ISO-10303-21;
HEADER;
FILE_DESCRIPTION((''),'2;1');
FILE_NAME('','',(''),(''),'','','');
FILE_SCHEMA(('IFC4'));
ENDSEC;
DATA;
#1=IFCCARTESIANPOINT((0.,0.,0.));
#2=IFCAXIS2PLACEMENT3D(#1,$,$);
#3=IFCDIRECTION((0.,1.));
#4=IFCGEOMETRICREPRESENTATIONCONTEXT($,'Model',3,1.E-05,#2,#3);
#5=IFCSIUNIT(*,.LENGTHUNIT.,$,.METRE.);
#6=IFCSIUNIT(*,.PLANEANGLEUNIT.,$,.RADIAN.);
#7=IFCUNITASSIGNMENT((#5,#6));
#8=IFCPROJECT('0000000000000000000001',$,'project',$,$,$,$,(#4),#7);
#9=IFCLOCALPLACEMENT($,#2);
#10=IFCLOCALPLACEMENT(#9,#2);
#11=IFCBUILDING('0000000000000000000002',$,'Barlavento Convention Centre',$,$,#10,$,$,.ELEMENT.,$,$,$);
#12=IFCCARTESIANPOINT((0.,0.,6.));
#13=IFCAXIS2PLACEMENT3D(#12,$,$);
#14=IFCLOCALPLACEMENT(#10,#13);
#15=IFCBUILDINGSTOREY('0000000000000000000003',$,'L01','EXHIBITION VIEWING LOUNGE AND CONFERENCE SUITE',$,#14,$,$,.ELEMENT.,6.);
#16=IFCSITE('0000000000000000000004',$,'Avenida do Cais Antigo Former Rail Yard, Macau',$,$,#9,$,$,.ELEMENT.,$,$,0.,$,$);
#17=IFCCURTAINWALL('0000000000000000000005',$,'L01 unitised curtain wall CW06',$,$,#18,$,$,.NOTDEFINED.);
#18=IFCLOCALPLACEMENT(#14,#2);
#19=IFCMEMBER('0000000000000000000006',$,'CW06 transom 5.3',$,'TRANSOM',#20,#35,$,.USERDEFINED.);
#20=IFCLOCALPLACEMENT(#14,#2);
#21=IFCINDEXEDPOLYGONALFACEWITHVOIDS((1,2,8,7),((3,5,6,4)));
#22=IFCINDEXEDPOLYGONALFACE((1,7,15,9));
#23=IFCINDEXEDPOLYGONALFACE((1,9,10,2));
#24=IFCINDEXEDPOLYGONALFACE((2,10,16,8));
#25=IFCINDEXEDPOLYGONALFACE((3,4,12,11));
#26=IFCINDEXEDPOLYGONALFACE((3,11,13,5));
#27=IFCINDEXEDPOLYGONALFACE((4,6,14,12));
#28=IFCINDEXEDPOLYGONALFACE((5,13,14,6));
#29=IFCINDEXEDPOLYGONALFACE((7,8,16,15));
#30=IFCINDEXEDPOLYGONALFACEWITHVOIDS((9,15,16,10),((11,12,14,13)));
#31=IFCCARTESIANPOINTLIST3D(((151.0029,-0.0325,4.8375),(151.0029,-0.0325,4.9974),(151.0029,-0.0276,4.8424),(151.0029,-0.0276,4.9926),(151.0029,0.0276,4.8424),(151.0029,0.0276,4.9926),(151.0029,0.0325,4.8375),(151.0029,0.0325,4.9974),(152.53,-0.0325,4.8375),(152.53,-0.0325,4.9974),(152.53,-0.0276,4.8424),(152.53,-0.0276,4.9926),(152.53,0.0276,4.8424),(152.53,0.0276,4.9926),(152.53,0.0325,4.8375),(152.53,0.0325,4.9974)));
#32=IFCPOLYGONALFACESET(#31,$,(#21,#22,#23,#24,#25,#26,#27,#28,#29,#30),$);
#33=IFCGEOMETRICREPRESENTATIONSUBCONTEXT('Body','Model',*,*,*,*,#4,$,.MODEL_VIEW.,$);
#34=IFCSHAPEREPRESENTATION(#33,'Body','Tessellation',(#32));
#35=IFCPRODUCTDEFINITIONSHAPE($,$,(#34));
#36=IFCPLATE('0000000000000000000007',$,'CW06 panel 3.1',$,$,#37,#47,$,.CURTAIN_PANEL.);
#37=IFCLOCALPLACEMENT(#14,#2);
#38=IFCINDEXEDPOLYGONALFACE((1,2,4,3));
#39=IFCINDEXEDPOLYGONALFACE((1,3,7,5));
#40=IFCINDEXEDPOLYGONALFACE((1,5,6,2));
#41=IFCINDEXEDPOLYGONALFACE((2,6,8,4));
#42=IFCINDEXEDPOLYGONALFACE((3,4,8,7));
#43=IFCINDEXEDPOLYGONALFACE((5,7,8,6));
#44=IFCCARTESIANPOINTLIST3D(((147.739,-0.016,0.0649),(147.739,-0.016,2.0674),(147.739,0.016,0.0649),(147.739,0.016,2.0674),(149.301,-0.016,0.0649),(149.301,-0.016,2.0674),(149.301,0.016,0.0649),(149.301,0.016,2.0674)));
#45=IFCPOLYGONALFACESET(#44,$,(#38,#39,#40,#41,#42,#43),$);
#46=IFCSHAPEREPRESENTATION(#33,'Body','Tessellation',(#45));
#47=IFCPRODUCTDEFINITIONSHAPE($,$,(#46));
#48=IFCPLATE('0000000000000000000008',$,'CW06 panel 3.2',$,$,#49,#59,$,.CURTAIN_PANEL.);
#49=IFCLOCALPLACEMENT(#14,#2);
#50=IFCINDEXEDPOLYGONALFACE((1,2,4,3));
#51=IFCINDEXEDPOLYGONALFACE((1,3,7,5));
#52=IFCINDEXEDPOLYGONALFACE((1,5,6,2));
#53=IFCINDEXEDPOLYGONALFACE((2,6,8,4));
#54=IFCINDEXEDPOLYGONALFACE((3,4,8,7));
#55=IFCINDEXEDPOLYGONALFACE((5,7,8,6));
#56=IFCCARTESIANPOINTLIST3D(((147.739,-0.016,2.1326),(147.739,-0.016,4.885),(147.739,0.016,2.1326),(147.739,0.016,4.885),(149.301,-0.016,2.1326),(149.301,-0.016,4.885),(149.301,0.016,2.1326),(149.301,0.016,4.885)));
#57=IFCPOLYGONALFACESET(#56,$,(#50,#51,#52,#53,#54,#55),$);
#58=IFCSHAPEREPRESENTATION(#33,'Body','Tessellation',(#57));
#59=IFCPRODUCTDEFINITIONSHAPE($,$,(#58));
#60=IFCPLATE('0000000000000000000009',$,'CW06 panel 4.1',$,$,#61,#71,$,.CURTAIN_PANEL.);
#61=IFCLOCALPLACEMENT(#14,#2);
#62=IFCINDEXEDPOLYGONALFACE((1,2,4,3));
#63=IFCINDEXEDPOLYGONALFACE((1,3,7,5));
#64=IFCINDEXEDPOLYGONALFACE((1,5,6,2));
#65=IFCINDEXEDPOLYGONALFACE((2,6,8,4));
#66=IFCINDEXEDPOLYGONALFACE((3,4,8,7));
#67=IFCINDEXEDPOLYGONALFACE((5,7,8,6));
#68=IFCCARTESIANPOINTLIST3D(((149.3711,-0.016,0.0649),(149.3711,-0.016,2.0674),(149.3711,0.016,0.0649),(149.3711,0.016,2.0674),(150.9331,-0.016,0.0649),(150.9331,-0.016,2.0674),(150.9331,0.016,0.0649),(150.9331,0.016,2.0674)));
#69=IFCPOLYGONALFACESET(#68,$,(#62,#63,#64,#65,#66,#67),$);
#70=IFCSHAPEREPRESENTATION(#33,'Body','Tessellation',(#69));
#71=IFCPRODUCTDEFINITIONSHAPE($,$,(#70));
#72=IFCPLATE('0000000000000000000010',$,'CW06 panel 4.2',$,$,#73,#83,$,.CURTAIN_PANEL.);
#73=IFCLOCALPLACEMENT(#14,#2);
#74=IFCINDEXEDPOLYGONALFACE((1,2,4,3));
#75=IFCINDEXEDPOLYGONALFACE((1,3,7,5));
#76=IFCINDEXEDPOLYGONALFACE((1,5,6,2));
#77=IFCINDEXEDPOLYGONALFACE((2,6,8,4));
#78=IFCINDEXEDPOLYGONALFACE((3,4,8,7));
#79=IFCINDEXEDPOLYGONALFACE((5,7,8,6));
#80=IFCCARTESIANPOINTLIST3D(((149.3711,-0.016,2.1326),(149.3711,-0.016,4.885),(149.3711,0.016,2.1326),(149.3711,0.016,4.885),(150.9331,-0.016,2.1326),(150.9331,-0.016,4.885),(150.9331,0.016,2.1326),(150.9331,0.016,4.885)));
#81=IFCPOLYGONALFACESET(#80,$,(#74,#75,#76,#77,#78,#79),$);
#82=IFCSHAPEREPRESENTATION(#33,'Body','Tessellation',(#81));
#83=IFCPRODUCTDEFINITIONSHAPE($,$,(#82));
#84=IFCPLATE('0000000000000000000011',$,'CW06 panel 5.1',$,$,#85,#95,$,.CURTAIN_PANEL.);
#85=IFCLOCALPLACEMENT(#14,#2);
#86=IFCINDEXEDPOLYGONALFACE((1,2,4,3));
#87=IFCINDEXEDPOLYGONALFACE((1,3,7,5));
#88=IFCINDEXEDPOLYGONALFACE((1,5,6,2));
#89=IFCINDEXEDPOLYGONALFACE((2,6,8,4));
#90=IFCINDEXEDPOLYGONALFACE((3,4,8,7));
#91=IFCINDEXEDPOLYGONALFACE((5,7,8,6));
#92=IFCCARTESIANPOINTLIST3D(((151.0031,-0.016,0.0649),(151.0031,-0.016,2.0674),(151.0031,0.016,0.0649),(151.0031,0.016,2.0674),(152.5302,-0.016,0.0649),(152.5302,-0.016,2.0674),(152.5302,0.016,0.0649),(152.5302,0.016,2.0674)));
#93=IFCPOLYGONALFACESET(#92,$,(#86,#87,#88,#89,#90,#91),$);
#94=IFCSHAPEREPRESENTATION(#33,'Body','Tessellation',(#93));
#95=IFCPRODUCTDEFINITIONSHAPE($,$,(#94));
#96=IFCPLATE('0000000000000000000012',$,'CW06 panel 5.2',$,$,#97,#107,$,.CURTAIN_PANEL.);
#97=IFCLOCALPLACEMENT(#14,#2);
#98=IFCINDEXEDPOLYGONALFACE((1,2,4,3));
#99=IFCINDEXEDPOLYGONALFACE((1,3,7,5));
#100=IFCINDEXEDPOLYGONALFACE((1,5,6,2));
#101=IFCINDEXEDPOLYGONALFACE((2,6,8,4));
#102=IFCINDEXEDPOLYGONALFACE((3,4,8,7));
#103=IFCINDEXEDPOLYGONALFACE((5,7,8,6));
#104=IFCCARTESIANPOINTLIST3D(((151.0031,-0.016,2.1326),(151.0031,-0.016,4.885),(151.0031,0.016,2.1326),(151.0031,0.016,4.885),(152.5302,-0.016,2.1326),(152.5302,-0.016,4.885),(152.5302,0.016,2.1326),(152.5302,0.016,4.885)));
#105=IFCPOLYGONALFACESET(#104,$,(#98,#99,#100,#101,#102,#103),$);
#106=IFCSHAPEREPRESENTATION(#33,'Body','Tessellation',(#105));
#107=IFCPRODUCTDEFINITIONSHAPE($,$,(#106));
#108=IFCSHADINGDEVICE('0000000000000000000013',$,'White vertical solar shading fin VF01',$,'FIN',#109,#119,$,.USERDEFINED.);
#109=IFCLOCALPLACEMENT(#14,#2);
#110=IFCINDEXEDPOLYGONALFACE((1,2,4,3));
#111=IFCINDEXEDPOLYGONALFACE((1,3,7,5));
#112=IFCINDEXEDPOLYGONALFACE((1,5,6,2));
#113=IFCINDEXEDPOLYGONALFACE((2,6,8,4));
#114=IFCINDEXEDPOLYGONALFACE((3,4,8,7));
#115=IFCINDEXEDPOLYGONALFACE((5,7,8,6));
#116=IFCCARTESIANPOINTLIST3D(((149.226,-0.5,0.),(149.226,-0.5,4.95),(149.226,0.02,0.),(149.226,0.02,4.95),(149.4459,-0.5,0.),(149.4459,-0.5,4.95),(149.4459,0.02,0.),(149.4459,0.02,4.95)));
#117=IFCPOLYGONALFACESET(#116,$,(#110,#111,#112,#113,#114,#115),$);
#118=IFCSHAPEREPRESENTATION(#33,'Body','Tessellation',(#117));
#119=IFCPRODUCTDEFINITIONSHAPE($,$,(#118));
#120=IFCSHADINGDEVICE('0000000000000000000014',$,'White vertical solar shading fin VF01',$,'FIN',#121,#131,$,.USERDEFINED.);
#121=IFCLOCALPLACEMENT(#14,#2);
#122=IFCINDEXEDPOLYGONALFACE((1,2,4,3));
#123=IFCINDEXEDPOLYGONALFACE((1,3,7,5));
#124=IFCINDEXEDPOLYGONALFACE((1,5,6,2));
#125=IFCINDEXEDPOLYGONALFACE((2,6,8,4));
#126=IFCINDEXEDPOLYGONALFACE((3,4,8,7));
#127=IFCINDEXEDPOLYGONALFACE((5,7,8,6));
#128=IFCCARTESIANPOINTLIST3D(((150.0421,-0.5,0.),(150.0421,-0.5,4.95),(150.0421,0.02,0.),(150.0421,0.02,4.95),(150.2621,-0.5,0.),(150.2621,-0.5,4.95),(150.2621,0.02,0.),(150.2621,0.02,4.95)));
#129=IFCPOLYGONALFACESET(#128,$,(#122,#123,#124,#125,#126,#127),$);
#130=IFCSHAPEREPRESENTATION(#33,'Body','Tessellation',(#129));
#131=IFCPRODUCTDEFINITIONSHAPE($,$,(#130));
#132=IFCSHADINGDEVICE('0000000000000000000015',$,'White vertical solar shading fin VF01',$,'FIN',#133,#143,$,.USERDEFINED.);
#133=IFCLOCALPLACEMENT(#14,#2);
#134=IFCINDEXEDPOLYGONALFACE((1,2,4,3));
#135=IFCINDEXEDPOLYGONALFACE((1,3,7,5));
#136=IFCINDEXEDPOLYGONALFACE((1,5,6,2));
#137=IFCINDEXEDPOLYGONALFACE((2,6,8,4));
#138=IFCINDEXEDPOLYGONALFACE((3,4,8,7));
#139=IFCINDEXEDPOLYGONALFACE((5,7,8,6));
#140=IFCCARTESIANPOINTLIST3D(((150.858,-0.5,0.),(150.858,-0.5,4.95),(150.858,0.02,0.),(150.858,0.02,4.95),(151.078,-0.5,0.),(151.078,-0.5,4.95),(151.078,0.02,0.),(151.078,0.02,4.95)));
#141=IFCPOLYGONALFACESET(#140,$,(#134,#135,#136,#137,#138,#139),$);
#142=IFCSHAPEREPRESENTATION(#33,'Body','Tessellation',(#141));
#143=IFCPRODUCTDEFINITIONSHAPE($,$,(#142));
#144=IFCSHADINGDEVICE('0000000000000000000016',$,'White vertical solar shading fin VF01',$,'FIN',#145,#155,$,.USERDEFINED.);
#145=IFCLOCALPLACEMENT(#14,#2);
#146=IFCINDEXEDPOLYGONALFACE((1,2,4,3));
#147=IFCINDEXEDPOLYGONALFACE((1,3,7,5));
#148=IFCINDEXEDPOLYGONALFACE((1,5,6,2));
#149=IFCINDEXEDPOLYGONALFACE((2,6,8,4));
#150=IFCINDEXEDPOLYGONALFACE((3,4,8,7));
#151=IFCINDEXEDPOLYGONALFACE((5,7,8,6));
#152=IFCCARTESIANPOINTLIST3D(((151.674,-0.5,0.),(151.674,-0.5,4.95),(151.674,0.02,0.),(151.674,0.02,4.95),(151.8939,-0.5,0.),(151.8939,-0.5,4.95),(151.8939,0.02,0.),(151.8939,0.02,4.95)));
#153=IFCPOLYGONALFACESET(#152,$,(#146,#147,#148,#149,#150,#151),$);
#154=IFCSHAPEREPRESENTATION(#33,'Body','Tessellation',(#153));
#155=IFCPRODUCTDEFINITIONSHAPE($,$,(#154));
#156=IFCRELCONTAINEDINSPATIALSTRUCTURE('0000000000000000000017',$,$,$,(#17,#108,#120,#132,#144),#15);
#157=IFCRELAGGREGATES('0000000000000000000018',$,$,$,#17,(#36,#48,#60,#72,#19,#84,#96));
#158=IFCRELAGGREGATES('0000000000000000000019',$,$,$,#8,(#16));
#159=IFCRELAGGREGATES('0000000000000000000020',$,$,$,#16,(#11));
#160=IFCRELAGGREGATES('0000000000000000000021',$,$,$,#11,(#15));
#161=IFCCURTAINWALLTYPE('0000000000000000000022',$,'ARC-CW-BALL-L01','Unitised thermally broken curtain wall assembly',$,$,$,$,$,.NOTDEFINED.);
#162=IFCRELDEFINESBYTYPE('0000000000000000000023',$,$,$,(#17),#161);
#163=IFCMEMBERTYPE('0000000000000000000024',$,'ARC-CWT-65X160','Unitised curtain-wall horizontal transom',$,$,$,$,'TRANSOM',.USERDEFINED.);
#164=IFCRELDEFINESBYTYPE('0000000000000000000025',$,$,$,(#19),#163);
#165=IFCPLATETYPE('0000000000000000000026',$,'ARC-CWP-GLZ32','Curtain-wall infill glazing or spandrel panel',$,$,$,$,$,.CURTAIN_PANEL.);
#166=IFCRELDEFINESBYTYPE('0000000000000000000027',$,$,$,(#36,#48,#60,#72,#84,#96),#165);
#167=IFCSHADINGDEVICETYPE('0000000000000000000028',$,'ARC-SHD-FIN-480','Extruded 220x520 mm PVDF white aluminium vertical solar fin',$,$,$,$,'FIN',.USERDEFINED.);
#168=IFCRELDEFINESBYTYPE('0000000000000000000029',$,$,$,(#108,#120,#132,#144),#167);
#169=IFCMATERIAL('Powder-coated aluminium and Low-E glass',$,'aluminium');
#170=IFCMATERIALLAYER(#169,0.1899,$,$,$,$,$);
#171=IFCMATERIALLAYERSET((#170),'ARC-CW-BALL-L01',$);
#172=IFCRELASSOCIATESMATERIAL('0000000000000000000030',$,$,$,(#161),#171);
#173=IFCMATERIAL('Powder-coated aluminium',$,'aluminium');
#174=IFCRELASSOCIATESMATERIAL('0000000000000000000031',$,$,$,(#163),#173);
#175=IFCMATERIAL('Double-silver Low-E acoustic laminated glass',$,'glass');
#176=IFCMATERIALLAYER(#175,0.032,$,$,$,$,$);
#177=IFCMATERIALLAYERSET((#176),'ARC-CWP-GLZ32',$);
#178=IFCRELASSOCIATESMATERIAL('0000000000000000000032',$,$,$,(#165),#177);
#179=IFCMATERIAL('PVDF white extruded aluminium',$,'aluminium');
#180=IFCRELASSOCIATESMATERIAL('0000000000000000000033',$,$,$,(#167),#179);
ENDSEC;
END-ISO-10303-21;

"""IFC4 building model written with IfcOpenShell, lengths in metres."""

from ifc_helpers import new_model, si_unit, direction, frame, origin, origin_2d, place, context, subcontext, project, spatial, rectangle, hollow_rectangle, extrude, material, layer, layer_set, material_profile, profile_set, type_object, element, aggregate, save


model = new_model("IFC4")

# Units and contexts
model_context = context("Model", 3, precision=1e-05, world=origin(), true_north=direction((0.0, 1.0)))
body_context = subcontext(model_context, "Body", "Model", "MODEL_VIEW")
ifc_project = project(units=[si_unit("LENGTHUNIT", "METRE"), si_unit("PLANEANGLEUNIT", "RADIAN")], contexts=[model_context])

# Site, building, storey
site_placement = place(None, origin())
site = spatial("IfcSite", under=ifc_project, at=site_placement, Name="Avenida do Cais Antigo Former Rail Yard, Macau", CompositionType="ELEMENT", RefElevation=0.0)
building_placement = place(site_placement, origin())
building = spatial("IfcBuilding", under=site, at=building_placement, Name="Barlavento Convention Centre", CompositionType="ELEMENT")
storey_placement = place(building_placement, frame((0.0, 0.0, 6.0)))
storey = spatial("IfcBuildingStorey", under=building, at=storey_placement, Name="L01", Description="EXHIBITION VIEWING LOUNGE AND CONFERENCE SUITE", CompositionType="ELEMENT", Elevation=6.0)

# Curtain wall, member, plates
ifc_material_1 = material(Name="Powder-coated aluminium and Low-E glass", Category="aluminium")
ifc_layer_1 = layer(ifc_material_1, 0.1899)
ifc_layer_set_1 = layer_set([ifc_layer_1], Name="ARC-CW-BALL-L01")
curtain_wall_type = type_object("IfcCurtainWallType", Name="ARC-CW-BALL-L01", Description="Unitised thermally broken curtain wall assembly", PredefinedType="NOTDEFINED", material=ifc_layer_set_1)
curtain_wall_placement = place(storey_placement, origin())
curtain_wall = element("IfcCurtainWall", 1, at=curtain_wall_placement, inside=storey, type_object=curtain_wall_type, Name="L01 unitised curtain wall CW06", PredefinedType="NOTDEFINED")
ifc_material_2 = material(Name="Powder-coated aluminium", Category="aluminium")
ifc_material_profile_1 = material_profile(ifc_material_2, hollow_rectangle(XDim=0.0649, YDim=0.1599, WallThickness=0.0049, at=origin_2d()), Name="AL-TRAN 65x160x5")
ifc_profile_set_1 = profile_set([ifc_material_profile_1], Name="Powder-coated aluminium")
member_type_1 = type_object("IfcMemberType", Name="ARC-CWT-65X160", Description="Unitised curtain-wall horizontal transom", ElementType="TRANSOM", PredefinedType="USERDEFINED", material=ifc_profile_set_1)
member_1_placement = place(storey_placement, frame((151.0029, 0.0, 4.9175), z_axis=(1.0, 0.0, 0.0), x_axis=(0.0, 1.0, 0.0)))
member_1 = element("IfcMember", 2, at=member_1_placement, type_object=member_type_1, Name="CW06 transom 5.3", ObjectType="TRANSOM", PredefinedType="USERDEFINED", context=body_context, shape_type="SweptSolid", body=[
    extrude(hollow_rectangle(XDim=0.0649, YDim=0.1599, WallThickness=0.0049, at=origin_2d()), origin(), (0.0, 0.0, 1.0), 1.5271),
])
ifc_material_3 = material(Name="Double-silver Low-E acoustic laminated glass", Category="glass")
ifc_layer_2 = layer(ifc_material_3, 0.032)
ifc_layer_set_2 = layer_set([ifc_layer_2], Name="ARC-CWP-GLZ32")
plate_type = type_object("IfcPlateType", Name="ARC-CWP-GLZ32", Description="Curtain-wall infill glazing or spandrel panel", PredefinedType="CURTAIN_PANEL", material=ifc_layer_set_2)
plate_1_placement = place(storey_placement, frame((148.52, 0.0, 0.0649), z_axis=(0.0, 0.0, 1.0), x_axis=(1.0, 0.0, 0.0)))
plate_1 = element("IfcPlate", 3, at=plate_1_placement, type_object=plate_type, Name="CW06 panel 3.1", PredefinedType="CURTAIN_PANEL", context=body_context, shape_type="SweptSolid", body=[
    extrude(rectangle(XDim=1.562, YDim=0.032, at=origin_2d()), origin(), (0.0, 0.0, 1.0), 2.0024),
])
plate_2_placement = place(storey_placement, frame((148.52, 0.0, 2.1326), z_axis=(0.0, 0.0, 1.0), x_axis=(1.0, 0.0, 0.0)))
plate_2 = element("IfcPlate", 4, at=plate_2_placement, type_object=plate_type, Name="CW06 panel 3.2", PredefinedType="CURTAIN_PANEL", context=body_context, shape_type="SweptSolid", body=[
    extrude(rectangle(XDim=1.562, YDim=0.032, at=origin_2d()), origin(), (0.0, 0.0, 1.0), 2.7524),
])
plate_3_placement = place(storey_placement, frame((150.1521, 0.0, 0.0649), z_axis=(0.0, 0.0, 1.0), x_axis=(1.0, 0.0, 0.0)))
plate_3 = element("IfcPlate", 5, at=plate_3_placement, type_object=plate_type, Name="CW06 panel 4.1", PredefinedType="CURTAIN_PANEL", context=body_context, shape_type="SweptSolid", body=[
    extrude(rectangle(XDim=1.562, YDim=0.032, at=origin_2d()), origin(), (0.0, 0.0, 1.0), 2.0024),
])
plate_4_placement = place(storey_placement, frame((150.1521, 0.0, 2.1326), z_axis=(0.0, 0.0, 1.0), x_axis=(1.0, 0.0, 0.0)))
plate_4 = element("IfcPlate", 6, at=plate_4_placement, type_object=plate_type, Name="CW06 panel 4.2", PredefinedType="CURTAIN_PANEL", context=body_context, shape_type="SweptSolid", body=[
    extrude(rectangle(XDim=1.562, YDim=0.032, at=origin_2d()), origin(), (0.0, 0.0, 1.0), 2.7524),
])
plate_5_placement = place(storey_placement, frame((151.7666, 0.0, 0.0649), z_axis=(0.0, 0.0, 1.0), x_axis=(1.0, 0.0, 0.0)))
plate_5 = element("IfcPlate", 7, at=plate_5_placement, type_object=plate_type, Name="CW06 panel 5.1", PredefinedType="CURTAIN_PANEL", context=body_context, shape_type="SweptSolid", body=[
    extrude(rectangle(XDim=1.5271, YDim=0.032, at=origin_2d()), origin(), (0.0, 0.0, 1.0), 2.0024),
])
plate_6_placement = place(storey_placement, frame((151.7666, 0.0, 2.1326), z_axis=(0.0, 0.0, 1.0), x_axis=(1.0, 0.0, 0.0)))
plate_6 = element("IfcPlate", 8, at=plate_6_placement, type_object=plate_type, Name="CW06 panel 5.2", PredefinedType="CURTAIN_PANEL", context=body_context, shape_type="SweptSolid", body=[
    extrude(rectangle(XDim=1.5271, YDim=0.032, at=origin_2d()), origin(), (0.0, 0.0, 1.0), 2.7524),
])
aggregate(curtain_wall, [plate_1, plate_2, plate_3, plate_4, member_1, plate_5, plate_6])

# Shading devices
ifc_material_4 = material(Name="PVDF white extruded aluminium", Category="aluminium")
shading_device_type = type_object("IfcShadingDeviceType", Name="ARC-SHD-FIN-480", Description="Extruded 220x520 mm PVDF white aluminium vertical solar fin", ElementType="FIN", PredefinedType="USERDEFINED", material=ifc_material_4)
for number, where, z_axis, x_axis, name in (
    (9, (149.3359, -0.24, 0.0), (0.0, 0.0, 1.0), (1.0, 0.0, 0.0), "White vertical solar shading fin VF01"),
    (10, (150.1521, -0.24, 0.0), (0.0, 0.0, 1.0), (1.0, 0.0, 0.0), "White vertical solar shading fin VF01"),
    (11, (150.968, -0.24, 0.0), (0.0, 0.0, 1.0), (1.0, 0.0, 0.0), "White vertical solar shading fin VF01"),
    (12, (151.7839, -0.24, 0.0), (0.0, 0.0, 1.0), (1.0, 0.0, 0.0), "White vertical solar shading fin VF01"),
):
    element("IfcShadingDevice", number, at=place(storey_placement, frame(where, z_axis=z_axis, x_axis=x_axis)), inside=storey, type_object=shading_device_type, Name=name, ObjectType="FIN", PredefinedType="USERDEFINED", context=body_context, shape_type="SweptSolid", body=[
        extrude(rectangle(XDim=0.22, YDim=0.52, at=origin_2d()), origin(), (0.0, 0.0, 1.0), 4.95),
    ])

save(model, "model.ifc")
